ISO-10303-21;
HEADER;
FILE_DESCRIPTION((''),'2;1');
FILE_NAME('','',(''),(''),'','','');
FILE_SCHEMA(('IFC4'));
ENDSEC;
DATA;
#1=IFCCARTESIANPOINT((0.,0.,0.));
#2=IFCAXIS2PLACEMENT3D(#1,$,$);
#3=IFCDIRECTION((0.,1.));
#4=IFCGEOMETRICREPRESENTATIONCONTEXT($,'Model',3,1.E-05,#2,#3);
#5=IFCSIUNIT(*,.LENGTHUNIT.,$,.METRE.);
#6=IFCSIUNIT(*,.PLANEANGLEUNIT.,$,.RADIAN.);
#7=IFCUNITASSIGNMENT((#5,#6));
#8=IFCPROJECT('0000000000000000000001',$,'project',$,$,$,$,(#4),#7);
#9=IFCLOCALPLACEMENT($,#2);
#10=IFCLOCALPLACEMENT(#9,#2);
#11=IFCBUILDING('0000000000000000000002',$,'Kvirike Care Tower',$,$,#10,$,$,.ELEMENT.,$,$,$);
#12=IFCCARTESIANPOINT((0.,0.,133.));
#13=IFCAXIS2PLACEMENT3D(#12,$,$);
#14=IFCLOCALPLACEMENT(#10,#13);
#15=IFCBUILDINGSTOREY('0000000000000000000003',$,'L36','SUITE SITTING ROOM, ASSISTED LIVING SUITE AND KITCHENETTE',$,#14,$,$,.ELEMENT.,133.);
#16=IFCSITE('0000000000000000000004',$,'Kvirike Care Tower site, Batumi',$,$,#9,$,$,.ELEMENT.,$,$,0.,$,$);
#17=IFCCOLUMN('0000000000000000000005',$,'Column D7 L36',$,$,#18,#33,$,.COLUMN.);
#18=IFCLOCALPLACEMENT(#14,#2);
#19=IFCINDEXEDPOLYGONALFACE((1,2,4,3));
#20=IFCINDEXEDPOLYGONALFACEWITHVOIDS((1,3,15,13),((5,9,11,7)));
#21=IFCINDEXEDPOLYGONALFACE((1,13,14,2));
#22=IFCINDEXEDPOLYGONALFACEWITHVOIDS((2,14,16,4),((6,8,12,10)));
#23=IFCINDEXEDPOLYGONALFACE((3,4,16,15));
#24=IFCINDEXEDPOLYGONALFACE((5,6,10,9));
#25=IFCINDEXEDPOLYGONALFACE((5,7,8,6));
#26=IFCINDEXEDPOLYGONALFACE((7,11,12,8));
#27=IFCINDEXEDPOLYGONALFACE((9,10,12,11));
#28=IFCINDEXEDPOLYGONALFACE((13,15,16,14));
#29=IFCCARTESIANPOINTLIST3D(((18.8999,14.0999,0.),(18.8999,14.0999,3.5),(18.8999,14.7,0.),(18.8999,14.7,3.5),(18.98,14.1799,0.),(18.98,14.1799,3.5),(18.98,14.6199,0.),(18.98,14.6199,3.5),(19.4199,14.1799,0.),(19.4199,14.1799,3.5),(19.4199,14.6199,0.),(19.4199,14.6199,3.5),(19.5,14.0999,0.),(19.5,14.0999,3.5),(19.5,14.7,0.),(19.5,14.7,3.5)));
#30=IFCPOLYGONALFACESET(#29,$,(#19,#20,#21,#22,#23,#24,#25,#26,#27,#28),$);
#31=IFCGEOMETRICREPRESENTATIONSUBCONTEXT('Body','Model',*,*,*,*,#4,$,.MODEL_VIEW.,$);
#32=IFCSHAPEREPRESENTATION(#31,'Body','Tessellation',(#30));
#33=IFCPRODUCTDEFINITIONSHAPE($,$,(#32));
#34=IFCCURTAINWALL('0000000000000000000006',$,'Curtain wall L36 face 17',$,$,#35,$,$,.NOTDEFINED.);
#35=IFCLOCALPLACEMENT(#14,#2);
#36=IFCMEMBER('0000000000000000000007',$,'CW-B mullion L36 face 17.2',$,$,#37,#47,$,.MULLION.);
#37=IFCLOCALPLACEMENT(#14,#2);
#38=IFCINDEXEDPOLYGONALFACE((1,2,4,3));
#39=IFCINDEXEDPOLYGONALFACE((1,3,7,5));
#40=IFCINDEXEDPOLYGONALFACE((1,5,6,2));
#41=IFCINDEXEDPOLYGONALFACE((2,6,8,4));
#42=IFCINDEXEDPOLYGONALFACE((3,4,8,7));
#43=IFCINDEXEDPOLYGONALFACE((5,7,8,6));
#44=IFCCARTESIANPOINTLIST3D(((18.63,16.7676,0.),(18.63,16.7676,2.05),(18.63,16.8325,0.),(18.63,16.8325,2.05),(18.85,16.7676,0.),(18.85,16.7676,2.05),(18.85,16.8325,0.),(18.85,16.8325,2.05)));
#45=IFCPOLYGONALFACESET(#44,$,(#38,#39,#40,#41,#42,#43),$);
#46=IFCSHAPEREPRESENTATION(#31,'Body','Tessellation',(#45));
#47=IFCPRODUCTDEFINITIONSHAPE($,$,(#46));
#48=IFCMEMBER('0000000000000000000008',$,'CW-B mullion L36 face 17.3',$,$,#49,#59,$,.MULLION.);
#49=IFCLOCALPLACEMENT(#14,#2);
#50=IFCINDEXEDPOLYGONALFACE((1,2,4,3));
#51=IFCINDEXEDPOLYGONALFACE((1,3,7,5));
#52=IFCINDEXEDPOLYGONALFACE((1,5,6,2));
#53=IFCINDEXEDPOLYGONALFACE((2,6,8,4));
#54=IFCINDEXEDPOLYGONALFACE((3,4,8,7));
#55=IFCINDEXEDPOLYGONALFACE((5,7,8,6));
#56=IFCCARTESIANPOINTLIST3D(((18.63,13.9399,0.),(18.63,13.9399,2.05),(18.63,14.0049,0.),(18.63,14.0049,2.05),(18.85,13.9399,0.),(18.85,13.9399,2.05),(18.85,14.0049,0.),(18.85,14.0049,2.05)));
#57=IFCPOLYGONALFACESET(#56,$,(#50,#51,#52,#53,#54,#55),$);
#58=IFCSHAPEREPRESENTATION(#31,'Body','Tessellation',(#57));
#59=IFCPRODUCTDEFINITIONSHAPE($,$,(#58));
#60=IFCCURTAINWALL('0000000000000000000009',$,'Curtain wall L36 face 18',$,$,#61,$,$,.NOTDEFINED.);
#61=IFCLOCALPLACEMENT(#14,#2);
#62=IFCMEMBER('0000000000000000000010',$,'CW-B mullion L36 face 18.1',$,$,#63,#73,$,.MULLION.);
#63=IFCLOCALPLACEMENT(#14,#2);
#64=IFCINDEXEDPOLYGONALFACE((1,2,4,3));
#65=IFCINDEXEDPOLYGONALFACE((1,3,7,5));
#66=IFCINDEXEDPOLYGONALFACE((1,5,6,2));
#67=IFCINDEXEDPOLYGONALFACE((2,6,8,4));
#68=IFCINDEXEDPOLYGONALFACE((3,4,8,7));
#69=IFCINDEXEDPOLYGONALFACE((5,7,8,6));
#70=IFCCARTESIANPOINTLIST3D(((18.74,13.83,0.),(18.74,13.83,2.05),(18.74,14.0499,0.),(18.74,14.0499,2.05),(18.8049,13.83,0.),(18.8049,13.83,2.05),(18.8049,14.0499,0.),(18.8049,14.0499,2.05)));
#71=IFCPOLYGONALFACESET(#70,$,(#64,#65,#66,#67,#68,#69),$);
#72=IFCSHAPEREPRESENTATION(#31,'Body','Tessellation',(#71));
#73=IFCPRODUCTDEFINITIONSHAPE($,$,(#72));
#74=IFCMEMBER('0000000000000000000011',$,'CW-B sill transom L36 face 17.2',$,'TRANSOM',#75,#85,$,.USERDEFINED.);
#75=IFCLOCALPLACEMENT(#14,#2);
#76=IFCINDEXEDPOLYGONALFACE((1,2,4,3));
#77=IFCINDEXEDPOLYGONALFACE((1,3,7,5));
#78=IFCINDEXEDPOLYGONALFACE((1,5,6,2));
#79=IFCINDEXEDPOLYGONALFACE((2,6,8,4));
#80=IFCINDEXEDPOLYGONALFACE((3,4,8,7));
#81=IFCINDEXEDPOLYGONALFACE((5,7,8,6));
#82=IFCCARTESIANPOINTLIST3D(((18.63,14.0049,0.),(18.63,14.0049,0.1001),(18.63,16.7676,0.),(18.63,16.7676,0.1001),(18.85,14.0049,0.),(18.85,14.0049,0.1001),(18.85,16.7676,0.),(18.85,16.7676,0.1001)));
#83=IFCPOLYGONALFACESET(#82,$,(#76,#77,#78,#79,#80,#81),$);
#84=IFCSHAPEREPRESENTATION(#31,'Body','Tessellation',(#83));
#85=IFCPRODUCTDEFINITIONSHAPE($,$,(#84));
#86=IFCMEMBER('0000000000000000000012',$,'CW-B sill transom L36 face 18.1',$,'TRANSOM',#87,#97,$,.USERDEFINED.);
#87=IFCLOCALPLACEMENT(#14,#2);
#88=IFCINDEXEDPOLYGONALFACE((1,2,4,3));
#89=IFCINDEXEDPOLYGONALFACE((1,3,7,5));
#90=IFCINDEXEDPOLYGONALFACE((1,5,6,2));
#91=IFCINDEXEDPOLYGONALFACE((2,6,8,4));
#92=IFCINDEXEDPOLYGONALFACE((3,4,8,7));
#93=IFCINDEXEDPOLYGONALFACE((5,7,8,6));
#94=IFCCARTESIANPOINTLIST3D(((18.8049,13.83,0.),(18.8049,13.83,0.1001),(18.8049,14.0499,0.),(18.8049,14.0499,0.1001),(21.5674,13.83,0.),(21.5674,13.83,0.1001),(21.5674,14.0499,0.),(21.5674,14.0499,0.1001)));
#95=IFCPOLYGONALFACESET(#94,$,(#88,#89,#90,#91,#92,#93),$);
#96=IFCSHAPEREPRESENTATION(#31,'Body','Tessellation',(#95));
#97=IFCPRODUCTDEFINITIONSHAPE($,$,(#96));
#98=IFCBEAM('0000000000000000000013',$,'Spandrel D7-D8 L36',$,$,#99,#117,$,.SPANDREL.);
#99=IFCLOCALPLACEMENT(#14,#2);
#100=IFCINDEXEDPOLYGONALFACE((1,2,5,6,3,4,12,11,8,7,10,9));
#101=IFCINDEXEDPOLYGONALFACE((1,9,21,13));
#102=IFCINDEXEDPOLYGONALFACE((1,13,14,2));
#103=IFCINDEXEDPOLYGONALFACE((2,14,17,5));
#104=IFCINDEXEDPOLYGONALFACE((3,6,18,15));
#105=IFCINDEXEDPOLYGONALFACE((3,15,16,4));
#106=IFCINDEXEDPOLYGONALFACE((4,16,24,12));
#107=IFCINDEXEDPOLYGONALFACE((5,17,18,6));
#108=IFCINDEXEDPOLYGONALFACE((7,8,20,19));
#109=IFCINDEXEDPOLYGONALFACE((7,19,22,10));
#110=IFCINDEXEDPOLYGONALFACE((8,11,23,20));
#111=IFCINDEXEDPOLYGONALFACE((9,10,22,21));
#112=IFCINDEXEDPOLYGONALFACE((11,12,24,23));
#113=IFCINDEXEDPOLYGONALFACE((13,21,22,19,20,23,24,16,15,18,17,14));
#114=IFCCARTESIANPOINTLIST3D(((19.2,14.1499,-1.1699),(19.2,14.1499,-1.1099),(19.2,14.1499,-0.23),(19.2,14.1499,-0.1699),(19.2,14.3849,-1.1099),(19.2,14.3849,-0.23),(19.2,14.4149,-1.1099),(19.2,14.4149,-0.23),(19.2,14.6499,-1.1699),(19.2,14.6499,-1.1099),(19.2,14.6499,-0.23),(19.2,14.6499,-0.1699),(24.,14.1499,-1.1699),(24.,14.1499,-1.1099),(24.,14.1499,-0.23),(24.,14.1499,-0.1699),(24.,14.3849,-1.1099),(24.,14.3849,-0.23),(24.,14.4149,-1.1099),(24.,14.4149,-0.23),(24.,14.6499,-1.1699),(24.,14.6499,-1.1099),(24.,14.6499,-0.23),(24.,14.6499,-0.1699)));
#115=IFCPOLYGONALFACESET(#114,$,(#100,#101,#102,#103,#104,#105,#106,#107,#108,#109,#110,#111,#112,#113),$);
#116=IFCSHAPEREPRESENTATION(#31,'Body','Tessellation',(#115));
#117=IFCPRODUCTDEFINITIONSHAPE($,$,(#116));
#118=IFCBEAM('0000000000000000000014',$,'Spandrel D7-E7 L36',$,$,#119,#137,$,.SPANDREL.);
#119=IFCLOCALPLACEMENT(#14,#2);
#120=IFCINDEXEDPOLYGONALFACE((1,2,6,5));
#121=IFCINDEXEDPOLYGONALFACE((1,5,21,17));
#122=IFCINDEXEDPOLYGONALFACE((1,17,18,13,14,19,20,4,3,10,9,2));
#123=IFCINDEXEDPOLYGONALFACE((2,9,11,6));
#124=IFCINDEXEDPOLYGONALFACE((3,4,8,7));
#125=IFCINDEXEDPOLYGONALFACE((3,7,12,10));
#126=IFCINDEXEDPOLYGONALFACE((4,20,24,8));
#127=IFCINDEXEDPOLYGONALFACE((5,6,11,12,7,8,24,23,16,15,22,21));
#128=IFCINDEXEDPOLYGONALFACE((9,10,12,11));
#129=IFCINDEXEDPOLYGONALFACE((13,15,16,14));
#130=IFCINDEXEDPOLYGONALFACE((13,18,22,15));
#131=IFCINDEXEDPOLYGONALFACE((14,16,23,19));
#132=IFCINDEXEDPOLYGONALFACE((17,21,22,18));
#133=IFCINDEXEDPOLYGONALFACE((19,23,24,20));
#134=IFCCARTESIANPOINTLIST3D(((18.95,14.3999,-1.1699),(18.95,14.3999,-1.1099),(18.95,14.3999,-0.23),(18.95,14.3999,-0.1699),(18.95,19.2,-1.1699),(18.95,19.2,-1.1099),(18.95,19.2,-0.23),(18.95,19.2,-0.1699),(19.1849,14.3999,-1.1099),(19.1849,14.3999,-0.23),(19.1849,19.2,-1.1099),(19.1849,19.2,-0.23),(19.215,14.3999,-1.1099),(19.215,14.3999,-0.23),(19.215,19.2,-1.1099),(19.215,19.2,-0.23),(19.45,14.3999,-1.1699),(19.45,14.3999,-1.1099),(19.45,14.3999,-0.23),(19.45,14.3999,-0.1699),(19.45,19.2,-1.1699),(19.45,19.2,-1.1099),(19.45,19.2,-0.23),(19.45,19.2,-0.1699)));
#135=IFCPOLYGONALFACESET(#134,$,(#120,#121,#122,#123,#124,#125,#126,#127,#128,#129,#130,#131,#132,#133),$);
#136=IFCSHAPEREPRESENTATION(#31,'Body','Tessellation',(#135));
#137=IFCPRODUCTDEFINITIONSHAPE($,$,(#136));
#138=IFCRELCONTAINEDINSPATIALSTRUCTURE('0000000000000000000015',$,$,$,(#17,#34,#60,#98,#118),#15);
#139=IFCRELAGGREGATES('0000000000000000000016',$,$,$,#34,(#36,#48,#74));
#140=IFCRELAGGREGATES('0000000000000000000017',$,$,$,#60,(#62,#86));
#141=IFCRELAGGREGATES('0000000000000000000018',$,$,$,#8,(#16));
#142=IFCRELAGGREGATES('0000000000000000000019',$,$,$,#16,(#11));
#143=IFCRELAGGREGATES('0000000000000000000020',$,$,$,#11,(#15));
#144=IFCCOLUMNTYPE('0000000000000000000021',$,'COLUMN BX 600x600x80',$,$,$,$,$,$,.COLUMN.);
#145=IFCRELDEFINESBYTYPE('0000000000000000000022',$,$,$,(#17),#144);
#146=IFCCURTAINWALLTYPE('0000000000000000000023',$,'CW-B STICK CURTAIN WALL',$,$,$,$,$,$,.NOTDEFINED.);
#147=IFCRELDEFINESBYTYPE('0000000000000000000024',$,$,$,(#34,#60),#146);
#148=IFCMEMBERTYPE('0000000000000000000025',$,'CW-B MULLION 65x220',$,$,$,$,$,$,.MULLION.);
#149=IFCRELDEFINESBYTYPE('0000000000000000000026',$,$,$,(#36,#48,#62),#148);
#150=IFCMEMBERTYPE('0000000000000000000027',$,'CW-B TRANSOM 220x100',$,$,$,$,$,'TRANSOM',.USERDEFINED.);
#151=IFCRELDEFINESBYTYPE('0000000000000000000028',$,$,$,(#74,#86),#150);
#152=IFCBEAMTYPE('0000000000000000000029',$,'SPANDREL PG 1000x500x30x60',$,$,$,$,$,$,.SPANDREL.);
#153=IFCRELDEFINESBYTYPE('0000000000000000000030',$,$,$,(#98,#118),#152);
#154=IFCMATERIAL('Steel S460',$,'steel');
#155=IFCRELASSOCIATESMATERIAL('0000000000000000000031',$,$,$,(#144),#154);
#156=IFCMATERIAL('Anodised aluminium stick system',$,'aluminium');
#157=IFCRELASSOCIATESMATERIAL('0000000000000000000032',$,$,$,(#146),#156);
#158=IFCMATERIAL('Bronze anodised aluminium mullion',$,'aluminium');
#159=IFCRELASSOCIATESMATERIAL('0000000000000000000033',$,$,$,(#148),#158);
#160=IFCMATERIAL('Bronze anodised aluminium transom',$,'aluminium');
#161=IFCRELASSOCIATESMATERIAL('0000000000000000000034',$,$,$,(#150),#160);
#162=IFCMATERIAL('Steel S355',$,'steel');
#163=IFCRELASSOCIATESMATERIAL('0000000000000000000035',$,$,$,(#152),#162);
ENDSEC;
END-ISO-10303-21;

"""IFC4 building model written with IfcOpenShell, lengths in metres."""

from ifc_helpers import new_model, si_unit, direction, frame, origin, origin_2d, place, context, subcontext, project, spatial, rectangle, hollow_rectangle, i_section, extrude, material, material_profile, profile_set, type_object, element, aggregate, save


model = new_model("IFC4")

# Units and contexts
model_context = context("Model", 3, precision=1e-05, world=origin(), true_north=direction((0.0, 1.0)))
body_context = subcontext(model_context, "Body", "Model", "MODEL_VIEW")
ifc_project = project(units=[si_unit("LENGTHUNIT", "METRE"), si_unit("PLANEANGLEUNIT", "RADIAN")], contexts=[model_context])

# Site, building, storey
site_placement = place(None, origin())
site = spatial("IfcSite", under=ifc_project, at=site_placement, Name="Kvirike Care Tower site, Batumi", CompositionType="ELEMENT", RefElevation=0.0)
building_placement = place(site_placement, origin())
building = spatial("IfcBuilding", under=site, at=building_placement, Name="Kvirike Care Tower", CompositionType="ELEMENT")
storey_placement = place(building_placement, frame((0.0, 0.0, 133.0)))
storey = spatial("IfcBuildingStorey", under=building, at=storey_placement, Name="L36", Description="SUITE SITTING ROOM, ASSISTED LIVING SUITE AND KITCHENETTE", CompositionType="ELEMENT", Elevation=133.0)

# Column
ifc_material_1 = material(Name="Steel S460", Category="steel")
ifc_material_profile_1 = material_profile(ifc_material_1, hollow_rectangle(XDim=0.6001, YDim=0.6001, WallThickness=0.0801, at=origin_2d()), Name="BX 600x600x80")
ifc_profile_set_1 = profile_set([ifc_material_profile_1], Name="Steel S460")
column_type = type_object("IfcColumnType", Name="COLUMN BX 600x600x80", PredefinedType="COLUMN", material=ifc_profile_set_1)
column_placement = place(storey_placement, frame((19.2, 14.3999, 0.0), z_axis=(0.0, 0.0, 1.0), x_axis=(0.0, 1.0, 0.0)))
element("IfcColumn", 1, at=column_placement, inside=storey, type_object=column_type, Name="Column D7 L36", PredefinedType="COLUMN", context=body_context, shape_type="SweptSolid", body=[
    extrude(hollow_rectangle(XDim=0.6001, YDim=0.6001, WallThickness=0.0801, at=origin_2d()), origin(), (0.0, 0.0, 1.0), 3.5),
])

# Curtain wall, members
ifc_material_2 = material(Name="Anodised aluminium stick system", Category="aluminium")
curtain_wall_type = type_object("IfcCurtainWallType", Name="CW-B STICK CURTAIN WALL", PredefinedType="NOTDEFINED", material=ifc_material_2)
curtain_wall_1_placement = place(storey_placement, origin())
curtain_wall_1 = element("IfcCurtainWall", 2, at=curtain_wall_1_placement, inside=storey, type_object=curtain_wall_type, Name="Curtain wall L36 face 17", PredefinedType="NOTDEFINED")
ifc_material_3 = material(Name="Bronze anodised aluminium mullion", Category="aluminium")
ifc_material_profile_2 = material_profile(ifc_material_3, rectangle(XDim=0.0649, YDim=0.22, at=origin_2d()), Name="CW-B MULLION 65x220")
ifc_profile_set_2 = profile_set([ifc_material_profile_2], Name="Bronze anodised aluminium mullion")
member_type_1 = type_object("IfcMemberType", Name="CW-B MULLION 65x220", PredefinedType="MULLION", material=ifc_profile_set_2)
member_1_placement = place(storey_placement, frame((18.74, 16.8, 0.0), z_axis=(0.0, 0.0, 1.0), x_axis=(0.0, -1.0, 0.0)))
member_1 = element("IfcMember", 3, at=member_1_placement, type_object=member_type_1, Name="CW-B mullion L36 face 17.2", PredefinedType="MULLION", context=body_context, shape_type="SweptSolid", body=[
    extrude(rectangle(XDim=0.0649, YDim=0.22, at=origin_2d()), origin(), (0.0, 0.0, 1.0), 2.05),
])
member_2_placement = place(storey_placement, frame((18.74, 13.9724, 0.0), z_axis=(0.0, 0.0, 1.0), x_axis=(0.0, -1.0, 0.0)))
member_2 = element("IfcMember", 4, at=member_2_placement, type_object=member_type_1, Name="CW-B mullion L36 face 17.3", PredefinedType="MULLION", context=body_context, shape_type="SweptSolid", body=[
    extrude(rectangle(XDim=0.0649, YDim=0.22, at=origin_2d()), origin(), (0.0, 0.0, 1.0), 2.05),
])

# Curtain wall, member
curtain_wall_2_placement = place(storey_placement, origin())
curtain_wall_2 = element("IfcCurtainWall", 5, at=curtain_wall_2_placement, inside=storey, type_object=curtain_wall_type, Name="Curtain wall L36 face 18", PredefinedType="NOTDEFINED")
member_3_placement = place(storey_placement, frame((18.7725, 13.9399, 0.0), z_axis=(0.0, 0.0, 1.0), x_axis=(1.0, 0.0, 0.0)))
member_3 = element("IfcMember", 6, at=member_3_placement, type_object=member_type_1, Name="CW-B mullion L36 face 18.1", PredefinedType="MULLION", context=body_context, shape_type="SweptSolid", body=[
    extrude(rectangle(XDim=0.0649, YDim=0.22, at=origin_2d()), origin(), (0.0, 0.0, 1.0), 2.05),
])

# Members
ifc_material_4 = material(Name="Bronze anodised aluminium transom", Category="aluminium")
ifc_material_profile_3 = material_profile(ifc_material_4, rectangle(XDim=0.22, YDim=0.1001, at=origin_2d()), Name="CW-B TRANSOM 220x100")
ifc_profile_set_3 = profile_set([ifc_material_profile_3], Name="Bronze anodised aluminium transom")
member_type_2 = type_object("IfcMemberType", Name="CW-B TRANSOM 220x100", ElementType="TRANSOM", PredefinedType="USERDEFINED", material=ifc_profile_set_3)
member_4_placement = place(storey_placement, frame((18.74, 16.7676, 0.05), z_axis=(0.0, -1.0, 0.0), x_axis=(1.0, 0.0, 0.0)))
member_4 = element("IfcMember", 7, at=member_4_placement, type_object=member_type_2, Name="CW-B sill transom L36 face 17.2", ObjectType="TRANSOM", PredefinedType="USERDEFINED", context=body_context, shape_type="SweptSolid", body=[
    extrude(rectangle(XDim=0.22, YDim=0.1001, at=origin_2d()), origin(), (0.0, 0.0, 1.0), 2.7627),
])
member_5_placement = place(storey_placement, frame((18.8049, 13.9399, 0.05), z_axis=(1.0, 0.0, 0.0), x_axis=(0.0, 1.0, 0.0)))
member_5 = element("IfcMember", 8, at=member_5_placement, type_object=member_type_2, Name="CW-B sill transom L36 face 18.1", ObjectType="TRANSOM", PredefinedType="USERDEFINED", context=body_context, shape_type="SweptSolid", body=[
    extrude(rectangle(XDim=0.22, YDim=0.1001, at=origin_2d()), origin(), (0.0, 0.0, 1.0), 2.7625),
])

# Beams
ifc_material_5 = material(Name="Steel S355", Category="steel")
ifc_material_profile_4 = material_profile(ifc_material_5, i_section(OverallWidth=0.5, OverallDepth=1.0, WebThickness=0.03, FlangeThickness=0.0601, at=origin_2d()), Name="PG 1000x500x30x60")
ifc_profile_set_4 = profile_set([ifc_material_profile_4], Name="Steel S355")
beam_type = type_object("IfcBeamType", Name="SPANDREL PG 1000x500x30x60", PredefinedType="SPANDREL", material=ifc_profile_set_4)
for number, where, z_axis, x_axis, name in (
    (9, (19.2, 14.3999, -0.6699), (1.0, 0.0, 0.0), (0.0, 1.0, 0.0), "Spandrel D7-D8 L36"),
    (10, (19.2, 14.3999, -0.6699), (0.0, 1.0, 0.0), (-1.0, 0.0, 0.0), "Spandrel D7-E7 L36"),
):
    element("IfcBeam", number, at=place(storey_placement, frame(where, z_axis=z_axis, x_axis=x_axis)), inside=storey, type_object=beam_type, Name=name, PredefinedType="SPANDREL", context=body_context, shape_type="SweptSolid", body=[
        extrude(i_section(OverallWidth=0.5, OverallDepth=1.0, WebThickness=0.03, FlangeThickness=0.0601, at=origin_2d()), origin(), (0.0, 0.0, 1.0), 4.8),
    ])

aggregate(curtain_wall_1, [member_1, member_2, member_4])
aggregate(curtain_wall_2, [member_3, member_5])

save(model, "model.ifc")
